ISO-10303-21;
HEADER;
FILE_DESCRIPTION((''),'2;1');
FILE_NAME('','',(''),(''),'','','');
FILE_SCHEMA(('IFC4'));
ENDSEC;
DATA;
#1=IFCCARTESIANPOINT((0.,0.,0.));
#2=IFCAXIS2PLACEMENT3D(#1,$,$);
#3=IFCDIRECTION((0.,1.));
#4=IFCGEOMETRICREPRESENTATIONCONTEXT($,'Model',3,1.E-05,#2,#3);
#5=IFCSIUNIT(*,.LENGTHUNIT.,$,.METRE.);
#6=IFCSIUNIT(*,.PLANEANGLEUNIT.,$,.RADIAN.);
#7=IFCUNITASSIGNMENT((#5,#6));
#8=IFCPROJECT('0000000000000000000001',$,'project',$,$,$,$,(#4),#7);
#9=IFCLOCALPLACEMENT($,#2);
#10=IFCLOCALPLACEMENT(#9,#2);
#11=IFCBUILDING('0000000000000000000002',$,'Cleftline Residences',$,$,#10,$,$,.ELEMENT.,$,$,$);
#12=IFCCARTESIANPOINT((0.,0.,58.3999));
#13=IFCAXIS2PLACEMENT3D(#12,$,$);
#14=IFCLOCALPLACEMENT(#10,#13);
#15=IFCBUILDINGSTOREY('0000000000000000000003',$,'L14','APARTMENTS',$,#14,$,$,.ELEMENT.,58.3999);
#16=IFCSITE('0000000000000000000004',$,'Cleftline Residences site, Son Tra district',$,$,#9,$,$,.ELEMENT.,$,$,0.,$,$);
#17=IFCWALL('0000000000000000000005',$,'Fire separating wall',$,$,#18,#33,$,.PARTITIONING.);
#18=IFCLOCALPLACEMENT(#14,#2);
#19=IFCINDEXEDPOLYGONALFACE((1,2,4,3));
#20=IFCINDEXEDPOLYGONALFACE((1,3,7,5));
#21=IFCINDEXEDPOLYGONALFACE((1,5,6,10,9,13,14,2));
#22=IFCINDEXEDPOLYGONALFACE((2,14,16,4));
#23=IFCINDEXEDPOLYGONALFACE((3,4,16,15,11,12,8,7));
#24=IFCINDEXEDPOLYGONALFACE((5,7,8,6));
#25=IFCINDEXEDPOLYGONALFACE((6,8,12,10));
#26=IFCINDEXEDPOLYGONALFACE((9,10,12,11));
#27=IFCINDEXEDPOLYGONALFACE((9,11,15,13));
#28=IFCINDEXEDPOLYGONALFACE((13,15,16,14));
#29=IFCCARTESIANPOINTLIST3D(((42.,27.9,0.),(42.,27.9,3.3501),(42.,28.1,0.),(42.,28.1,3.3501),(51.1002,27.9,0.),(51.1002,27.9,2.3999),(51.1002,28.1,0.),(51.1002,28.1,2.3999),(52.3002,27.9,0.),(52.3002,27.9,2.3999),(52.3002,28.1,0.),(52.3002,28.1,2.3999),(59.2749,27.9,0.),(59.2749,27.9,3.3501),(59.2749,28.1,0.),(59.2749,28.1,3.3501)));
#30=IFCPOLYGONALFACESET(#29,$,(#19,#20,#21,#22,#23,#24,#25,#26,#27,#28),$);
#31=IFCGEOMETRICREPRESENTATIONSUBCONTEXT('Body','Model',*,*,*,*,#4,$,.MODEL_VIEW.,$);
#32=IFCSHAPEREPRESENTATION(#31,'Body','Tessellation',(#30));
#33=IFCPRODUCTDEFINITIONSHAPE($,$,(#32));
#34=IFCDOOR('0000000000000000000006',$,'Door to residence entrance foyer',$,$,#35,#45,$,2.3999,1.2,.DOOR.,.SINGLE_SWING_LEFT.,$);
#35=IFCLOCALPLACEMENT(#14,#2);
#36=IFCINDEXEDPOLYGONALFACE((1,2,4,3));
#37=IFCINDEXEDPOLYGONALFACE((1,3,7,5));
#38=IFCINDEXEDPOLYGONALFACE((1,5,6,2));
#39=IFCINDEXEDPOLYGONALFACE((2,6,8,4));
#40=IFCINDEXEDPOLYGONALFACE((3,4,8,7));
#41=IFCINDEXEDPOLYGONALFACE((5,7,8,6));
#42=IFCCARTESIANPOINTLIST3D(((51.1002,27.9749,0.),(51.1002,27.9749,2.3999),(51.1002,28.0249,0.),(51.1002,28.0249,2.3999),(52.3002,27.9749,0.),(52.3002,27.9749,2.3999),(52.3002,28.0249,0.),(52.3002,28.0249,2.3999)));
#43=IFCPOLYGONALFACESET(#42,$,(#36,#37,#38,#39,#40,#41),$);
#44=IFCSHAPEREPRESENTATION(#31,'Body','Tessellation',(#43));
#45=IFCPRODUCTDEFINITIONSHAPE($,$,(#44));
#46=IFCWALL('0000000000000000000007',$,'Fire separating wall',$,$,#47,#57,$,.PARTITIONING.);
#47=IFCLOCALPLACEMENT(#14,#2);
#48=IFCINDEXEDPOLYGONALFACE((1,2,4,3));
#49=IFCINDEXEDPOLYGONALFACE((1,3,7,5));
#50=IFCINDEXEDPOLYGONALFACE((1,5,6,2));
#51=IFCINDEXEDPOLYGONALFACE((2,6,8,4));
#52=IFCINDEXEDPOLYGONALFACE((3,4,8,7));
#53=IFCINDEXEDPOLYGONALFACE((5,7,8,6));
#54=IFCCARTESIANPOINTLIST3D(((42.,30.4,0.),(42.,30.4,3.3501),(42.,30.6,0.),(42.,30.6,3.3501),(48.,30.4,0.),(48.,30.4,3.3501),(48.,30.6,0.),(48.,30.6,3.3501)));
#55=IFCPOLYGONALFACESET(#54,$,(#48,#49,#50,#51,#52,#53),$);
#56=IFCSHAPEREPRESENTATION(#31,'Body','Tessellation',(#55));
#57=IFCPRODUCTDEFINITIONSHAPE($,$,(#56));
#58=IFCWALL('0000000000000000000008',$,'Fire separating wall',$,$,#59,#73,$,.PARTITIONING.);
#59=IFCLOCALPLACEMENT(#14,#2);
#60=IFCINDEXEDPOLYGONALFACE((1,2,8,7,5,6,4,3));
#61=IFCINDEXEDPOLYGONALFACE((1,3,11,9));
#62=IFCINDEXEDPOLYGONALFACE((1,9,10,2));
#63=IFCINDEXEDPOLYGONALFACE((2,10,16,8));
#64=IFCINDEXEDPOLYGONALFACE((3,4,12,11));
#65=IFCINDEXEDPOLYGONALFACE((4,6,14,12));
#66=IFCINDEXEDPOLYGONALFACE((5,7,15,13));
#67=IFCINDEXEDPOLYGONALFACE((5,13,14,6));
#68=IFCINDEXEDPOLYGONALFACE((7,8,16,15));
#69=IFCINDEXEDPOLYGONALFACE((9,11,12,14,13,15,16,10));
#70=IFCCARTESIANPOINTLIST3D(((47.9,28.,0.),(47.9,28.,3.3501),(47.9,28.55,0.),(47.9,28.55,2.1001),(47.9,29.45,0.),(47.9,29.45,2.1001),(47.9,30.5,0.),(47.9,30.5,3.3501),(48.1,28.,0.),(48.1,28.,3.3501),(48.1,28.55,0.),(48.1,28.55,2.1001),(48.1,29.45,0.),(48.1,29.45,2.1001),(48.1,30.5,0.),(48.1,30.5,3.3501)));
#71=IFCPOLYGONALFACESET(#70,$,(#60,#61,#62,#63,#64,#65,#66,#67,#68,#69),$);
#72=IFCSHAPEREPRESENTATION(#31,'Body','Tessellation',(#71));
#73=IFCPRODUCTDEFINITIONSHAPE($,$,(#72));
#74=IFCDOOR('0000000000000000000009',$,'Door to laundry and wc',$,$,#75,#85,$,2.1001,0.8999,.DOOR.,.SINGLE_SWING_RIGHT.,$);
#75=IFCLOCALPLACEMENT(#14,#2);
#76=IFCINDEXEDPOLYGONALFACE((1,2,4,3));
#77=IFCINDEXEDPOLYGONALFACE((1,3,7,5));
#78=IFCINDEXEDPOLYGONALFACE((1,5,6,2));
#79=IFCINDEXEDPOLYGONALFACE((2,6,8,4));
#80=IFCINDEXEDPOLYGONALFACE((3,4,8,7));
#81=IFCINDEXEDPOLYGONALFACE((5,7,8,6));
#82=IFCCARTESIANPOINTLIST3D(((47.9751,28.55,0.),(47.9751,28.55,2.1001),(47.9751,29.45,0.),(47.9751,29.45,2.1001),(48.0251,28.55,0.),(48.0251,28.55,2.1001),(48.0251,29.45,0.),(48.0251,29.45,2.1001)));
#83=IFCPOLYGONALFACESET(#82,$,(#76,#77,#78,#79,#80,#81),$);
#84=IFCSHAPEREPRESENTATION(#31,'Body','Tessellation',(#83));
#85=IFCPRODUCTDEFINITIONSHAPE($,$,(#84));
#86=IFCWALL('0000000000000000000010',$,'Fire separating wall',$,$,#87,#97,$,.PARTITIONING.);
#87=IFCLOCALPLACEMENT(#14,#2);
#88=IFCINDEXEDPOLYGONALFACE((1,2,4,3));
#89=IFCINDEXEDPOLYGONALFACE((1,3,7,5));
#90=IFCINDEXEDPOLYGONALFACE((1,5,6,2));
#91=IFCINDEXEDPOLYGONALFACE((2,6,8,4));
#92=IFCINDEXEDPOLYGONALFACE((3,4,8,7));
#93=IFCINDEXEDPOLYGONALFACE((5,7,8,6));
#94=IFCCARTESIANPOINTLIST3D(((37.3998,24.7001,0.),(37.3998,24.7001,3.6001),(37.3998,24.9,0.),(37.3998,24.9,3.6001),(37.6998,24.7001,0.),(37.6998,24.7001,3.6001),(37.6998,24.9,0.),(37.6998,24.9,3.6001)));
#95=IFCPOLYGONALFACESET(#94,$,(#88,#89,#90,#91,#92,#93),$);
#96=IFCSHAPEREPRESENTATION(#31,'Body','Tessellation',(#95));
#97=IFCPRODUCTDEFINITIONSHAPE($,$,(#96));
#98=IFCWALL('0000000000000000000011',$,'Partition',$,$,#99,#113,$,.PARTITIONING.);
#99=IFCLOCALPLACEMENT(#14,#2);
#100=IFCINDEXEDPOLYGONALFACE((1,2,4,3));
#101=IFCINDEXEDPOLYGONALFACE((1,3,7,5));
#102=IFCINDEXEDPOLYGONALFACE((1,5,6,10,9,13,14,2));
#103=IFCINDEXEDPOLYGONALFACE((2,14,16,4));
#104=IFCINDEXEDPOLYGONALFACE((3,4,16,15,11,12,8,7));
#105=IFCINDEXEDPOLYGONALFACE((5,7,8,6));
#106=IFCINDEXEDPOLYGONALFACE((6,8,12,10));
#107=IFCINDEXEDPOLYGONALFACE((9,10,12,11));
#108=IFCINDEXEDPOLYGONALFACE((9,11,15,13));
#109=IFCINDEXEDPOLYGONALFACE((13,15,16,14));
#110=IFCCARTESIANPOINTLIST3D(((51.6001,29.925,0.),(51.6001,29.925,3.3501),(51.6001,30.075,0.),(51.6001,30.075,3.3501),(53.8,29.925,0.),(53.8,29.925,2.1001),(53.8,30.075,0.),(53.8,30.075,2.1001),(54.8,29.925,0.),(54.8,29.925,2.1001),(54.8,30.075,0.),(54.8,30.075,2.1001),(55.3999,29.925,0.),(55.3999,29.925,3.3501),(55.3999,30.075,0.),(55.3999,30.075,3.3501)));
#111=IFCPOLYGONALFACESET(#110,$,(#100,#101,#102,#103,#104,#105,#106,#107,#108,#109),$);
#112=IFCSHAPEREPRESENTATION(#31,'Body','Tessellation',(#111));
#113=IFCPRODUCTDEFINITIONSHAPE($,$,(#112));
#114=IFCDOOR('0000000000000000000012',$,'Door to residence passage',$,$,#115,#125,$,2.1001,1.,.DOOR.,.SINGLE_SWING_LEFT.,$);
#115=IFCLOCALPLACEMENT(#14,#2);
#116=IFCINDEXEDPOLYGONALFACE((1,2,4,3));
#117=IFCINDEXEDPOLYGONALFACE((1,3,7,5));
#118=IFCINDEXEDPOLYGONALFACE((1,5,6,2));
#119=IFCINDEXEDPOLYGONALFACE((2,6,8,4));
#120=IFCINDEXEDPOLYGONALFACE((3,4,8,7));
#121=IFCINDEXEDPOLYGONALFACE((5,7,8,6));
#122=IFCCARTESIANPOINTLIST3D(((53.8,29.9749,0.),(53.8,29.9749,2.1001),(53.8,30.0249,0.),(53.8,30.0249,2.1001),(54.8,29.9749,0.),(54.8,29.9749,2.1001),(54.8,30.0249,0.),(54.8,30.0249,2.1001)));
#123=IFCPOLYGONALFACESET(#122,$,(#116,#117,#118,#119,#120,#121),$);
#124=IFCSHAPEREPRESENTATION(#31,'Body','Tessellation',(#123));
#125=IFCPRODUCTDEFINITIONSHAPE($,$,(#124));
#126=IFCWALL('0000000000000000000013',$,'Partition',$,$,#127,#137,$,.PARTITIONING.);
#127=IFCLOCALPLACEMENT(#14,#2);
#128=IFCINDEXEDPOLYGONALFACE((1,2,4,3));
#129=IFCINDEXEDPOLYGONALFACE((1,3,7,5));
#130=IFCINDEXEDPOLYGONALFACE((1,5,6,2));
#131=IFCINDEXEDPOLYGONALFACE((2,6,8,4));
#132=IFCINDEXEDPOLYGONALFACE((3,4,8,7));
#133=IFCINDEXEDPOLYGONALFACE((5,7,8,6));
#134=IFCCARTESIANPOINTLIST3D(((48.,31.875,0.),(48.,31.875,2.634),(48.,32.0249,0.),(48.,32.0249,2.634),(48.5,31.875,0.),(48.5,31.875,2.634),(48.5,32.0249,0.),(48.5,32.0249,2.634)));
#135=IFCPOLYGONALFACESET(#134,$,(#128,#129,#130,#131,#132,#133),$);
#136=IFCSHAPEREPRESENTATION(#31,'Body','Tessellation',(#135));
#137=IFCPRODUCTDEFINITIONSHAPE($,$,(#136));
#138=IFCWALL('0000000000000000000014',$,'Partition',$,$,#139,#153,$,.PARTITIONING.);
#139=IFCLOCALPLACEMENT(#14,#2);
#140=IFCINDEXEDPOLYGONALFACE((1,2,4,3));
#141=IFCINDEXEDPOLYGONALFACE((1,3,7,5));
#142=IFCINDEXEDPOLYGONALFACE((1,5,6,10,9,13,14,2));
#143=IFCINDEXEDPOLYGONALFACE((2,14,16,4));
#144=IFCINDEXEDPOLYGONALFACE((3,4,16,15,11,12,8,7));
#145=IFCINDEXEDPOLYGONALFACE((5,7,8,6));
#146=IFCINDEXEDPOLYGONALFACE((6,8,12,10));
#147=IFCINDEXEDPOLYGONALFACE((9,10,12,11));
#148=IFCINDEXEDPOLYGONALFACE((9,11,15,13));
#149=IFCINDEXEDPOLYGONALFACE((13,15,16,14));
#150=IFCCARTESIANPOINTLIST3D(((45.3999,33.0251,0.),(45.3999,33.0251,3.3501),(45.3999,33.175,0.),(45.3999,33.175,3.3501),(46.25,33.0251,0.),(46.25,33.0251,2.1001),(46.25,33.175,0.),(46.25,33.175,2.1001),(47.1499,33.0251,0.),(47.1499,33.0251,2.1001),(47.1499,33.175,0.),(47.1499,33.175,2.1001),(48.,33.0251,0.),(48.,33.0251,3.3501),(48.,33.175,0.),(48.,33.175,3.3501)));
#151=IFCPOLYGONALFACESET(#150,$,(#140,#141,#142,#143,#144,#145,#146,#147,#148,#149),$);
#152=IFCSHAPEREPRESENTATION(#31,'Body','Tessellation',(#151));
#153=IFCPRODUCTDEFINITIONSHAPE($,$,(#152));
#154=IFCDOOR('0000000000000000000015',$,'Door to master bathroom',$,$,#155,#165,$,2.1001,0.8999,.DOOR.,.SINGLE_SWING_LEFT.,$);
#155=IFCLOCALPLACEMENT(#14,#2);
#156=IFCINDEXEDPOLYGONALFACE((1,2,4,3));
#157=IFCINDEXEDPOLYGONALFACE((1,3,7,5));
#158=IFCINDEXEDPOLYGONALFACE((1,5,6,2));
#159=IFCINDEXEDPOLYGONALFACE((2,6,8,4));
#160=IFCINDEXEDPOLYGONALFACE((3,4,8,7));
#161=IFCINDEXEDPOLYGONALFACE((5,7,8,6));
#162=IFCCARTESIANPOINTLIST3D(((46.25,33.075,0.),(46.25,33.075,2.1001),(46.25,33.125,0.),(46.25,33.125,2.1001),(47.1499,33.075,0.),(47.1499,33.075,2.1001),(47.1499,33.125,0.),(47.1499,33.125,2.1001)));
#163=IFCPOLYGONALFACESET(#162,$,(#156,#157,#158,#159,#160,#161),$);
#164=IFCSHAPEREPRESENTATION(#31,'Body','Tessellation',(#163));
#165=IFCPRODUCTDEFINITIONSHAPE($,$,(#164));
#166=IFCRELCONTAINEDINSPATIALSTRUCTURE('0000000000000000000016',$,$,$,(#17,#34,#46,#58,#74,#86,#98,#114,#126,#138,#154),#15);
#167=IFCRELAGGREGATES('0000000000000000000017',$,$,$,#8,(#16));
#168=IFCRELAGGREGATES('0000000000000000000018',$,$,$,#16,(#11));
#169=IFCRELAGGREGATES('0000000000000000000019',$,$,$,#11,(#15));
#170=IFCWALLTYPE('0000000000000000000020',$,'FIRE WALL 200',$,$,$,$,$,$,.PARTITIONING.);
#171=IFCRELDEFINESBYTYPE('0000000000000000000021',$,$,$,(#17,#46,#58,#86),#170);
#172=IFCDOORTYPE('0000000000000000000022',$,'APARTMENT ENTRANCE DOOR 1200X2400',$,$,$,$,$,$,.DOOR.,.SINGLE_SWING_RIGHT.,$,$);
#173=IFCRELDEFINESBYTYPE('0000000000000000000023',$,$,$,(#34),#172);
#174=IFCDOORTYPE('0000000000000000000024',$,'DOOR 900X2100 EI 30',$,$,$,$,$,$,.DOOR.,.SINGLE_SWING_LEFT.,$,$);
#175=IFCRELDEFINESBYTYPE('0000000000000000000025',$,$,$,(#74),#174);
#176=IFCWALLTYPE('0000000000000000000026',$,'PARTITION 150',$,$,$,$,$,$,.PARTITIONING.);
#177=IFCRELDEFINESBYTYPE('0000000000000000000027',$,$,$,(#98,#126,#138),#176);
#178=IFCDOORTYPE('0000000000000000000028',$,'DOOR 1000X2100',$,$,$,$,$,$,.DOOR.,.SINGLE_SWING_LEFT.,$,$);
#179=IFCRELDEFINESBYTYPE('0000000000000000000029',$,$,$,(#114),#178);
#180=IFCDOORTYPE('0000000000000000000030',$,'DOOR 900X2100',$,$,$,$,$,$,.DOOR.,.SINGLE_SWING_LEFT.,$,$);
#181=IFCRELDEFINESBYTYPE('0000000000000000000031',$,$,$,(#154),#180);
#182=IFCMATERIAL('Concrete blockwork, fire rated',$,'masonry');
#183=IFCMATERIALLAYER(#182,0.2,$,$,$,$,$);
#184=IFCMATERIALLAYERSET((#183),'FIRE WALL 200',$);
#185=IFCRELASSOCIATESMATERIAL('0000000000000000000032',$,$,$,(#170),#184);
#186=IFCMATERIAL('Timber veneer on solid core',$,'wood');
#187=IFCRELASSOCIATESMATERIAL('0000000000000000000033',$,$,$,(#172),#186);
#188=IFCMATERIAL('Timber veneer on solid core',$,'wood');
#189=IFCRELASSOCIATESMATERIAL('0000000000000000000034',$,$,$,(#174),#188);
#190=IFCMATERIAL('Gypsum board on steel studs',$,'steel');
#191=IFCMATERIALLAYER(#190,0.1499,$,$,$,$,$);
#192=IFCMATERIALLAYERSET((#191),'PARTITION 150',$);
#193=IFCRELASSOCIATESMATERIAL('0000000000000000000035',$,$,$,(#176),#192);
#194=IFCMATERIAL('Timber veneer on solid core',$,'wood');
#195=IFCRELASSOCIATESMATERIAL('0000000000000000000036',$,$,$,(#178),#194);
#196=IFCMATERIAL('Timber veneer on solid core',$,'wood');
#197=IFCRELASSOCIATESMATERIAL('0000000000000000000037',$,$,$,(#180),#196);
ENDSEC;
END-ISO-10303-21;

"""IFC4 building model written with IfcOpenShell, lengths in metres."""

from ifc_helpers import new_model, si_unit, direction, frame, frame_2d, origin, place, context, subcontext, project, spatial, rectangle, extrude, material, layer, layer_set, type_object, element, fill, save


model = new_model("IFC4")

# Units and contexts
model_context = context("Model", 3, precision=1e-05, world=origin(), true_north=direction((0.0, 1.0)))
body_context = subcontext(model_context, "Body", "Model", "MODEL_VIEW")
ifc_project = project(units=[si_unit("LENGTHUNIT", "METRE"), si_unit("PLANEANGLEUNIT", "RADIAN")], contexts=[model_context])

# Site, building, storey
site_placement = place(None, origin())
site = spatial("IfcSite", under=ifc_project, at=site_placement, Name="Cleftline Residences site, Son Tra district", CompositionType="ELEMENT", RefElevation=0.0)
building_placement = place(site_placement, origin())
building = spatial("IfcBuilding", under=site, at=building_placement, Name="Cleftline Residences", CompositionType="ELEMENT")
storey_placement = place(building_placement, frame((0.0, 0.0, 58.3999)))
storey = spatial("IfcBuildingStorey", under=building, at=storey_placement, Name="L14", Description="APARTMENTS", CompositionType="ELEMENT", Elevation=58.3999)

# Wall, opening, door
ifc_material_1 = material(Name="Concrete blockwork, fire rated", Category="masonry")
ifc_layer_1 = layer(ifc_material_1, 0.2)
ifc_layer_set_1 = layer_set([ifc_layer_1], Name="FIRE WALL 200")
wall_type_1 = type_object("IfcWallType", Name="FIRE WALL 200", PredefinedType="PARTITIONING", material=ifc_layer_set_1)
wall_1_placement = place(storey_placement, frame((42.0, 28.0, 0.0), z_axis=(0.0, 0.0, 1.0), x_axis=(1.0, 0.0, 0.0)))
wall_1 = element("IfcWall", 1, at=wall_1_placement, inside=storey, type_object=wall_type_1, Name="Fire separating wall", PredefinedType="PARTITIONING", context=body_context, shape_type="SweptSolid", body=[
    extrude(rectangle(XDim=17.2749, YDim=0.2, at=frame_2d((8.6375, 0.0))), origin(), (0.0, 0.0, 1.0), 3.3501),
])
opening_1_placement = place(wall_1_placement, frame((9.1001, 0.0, 0.0)))
opening_1 = element("IfcOpeningElement", 2, at=opening_1_placement, cuts=wall_1, PredefinedType="OPENING", context=body_context, shape_type="SweptSolid", body=[
    extrude(rectangle(XDim=1.2, YDim=2.3999, at=frame_2d((0.6001, 1.2))), frame((0.0, 0.1099, 0.0), z_axis=(0.0, -1.0, 0.0), x_axis=(1.0, 0.0, 0.0)), (0.0, 0.0, 1.0), 0.22),
])
ifc_material_2 = material(Name="Timber veneer on solid core", Category="wood")
door_type_1 = type_object("IfcDoorType", Name="APARTMENT ENTRANCE DOOR 1200X2400", OperationType="SINGLE_SWING_RIGHT", PredefinedType="DOOR", material=ifc_material_2)
door_1_placement = place(opening_1_placement, origin())
door_1 = element("IfcDoor", 3, at=door_1_placement, inside=storey, type_object=door_type_1, Name="Door to residence entrance foyer", OperationType="SINGLE_SWING_LEFT", OverallHeight=2.3999, OverallWidth=1.2, PredefinedType="DOOR", context=body_context, shape_type="SweptSolid", body=[
    extrude(rectangle(XDim=1.2, YDim=2.3999, at=frame_2d((0.6001, 1.2))), frame((0.0, 0.0249, 0.0), z_axis=(0.0, -1.0, 0.0), x_axis=(1.0, 0.0, 0.0)), (0.0, 0.0, 1.0), 0.05),
])
fill(opening_1, door_1)

# Wall
wall_2_placement = place(storey_placement, frame((42.0, 30.5, 0.0), z_axis=(0.0, 0.0, 1.0), x_axis=(1.0, 0.0, 0.0)))
element("IfcWall", 4, at=wall_2_placement, inside=storey, type_object=wall_type_1, Name="Fire separating wall", PredefinedType="PARTITIONING", context=body_context, shape_type="SweptSolid", body=[
    extrude(rectangle(XDim=6.0, YDim=0.2, at=frame_2d((3.0, 0.0))), origin(), (0.0, 0.0, 1.0), 3.3501),
])

# Wall, opening, door
wall_3_placement = place(storey_placement, frame((48.0, 28.0, 0.0), z_axis=(0.0, 0.0, 1.0), x_axis=(0.0, 1.0, 0.0)))
wall_3 = element("IfcWall", 5, at=wall_3_placement, inside=storey, type_object=wall_type_1, Name="Fire separating wall", PredefinedType="PARTITIONING", context=body_context, shape_type="SweptSolid", body=[
    extrude(rectangle(XDim=2.5, YDim=0.2, at=frame_2d((1.25, 0.0))), origin(), (0.0, 0.0, 1.0), 3.3501),
])
opening_2_placement = place(wall_3_placement, frame((0.55, 0.0, 0.0)))
opening_2 = element("IfcOpeningElement", 6, at=opening_2_placement, cuts=wall_3, PredefinedType="OPENING", context=body_context, shape_type="SweptSolid", body=[
    extrude(rectangle(XDim=0.8999, YDim=2.1001, at=frame_2d((0.45, 1.05))), frame((0.0, 0.1099, 0.0), z_axis=(0.0, -1.0, 0.0), x_axis=(1.0, 0.0, 0.0)), (0.0, 0.0, 1.0), 0.22),
])
ifc_material_3 = material(Name="Timber veneer on solid core", Category="wood")
door_type_2 = type_object("IfcDoorType", Name="DOOR 900X2100 EI 30", OperationType="SINGLE_SWING_LEFT", PredefinedType="DOOR", material=ifc_material_3)
door_2_placement = place(opening_2_placement, origin())
door_2 = element("IfcDoor", 7, at=door_2_placement, inside=storey, type_object=door_type_2, Name="Door to laundry and wc", OperationType="SINGLE_SWING_RIGHT", OverallHeight=2.1001, OverallWidth=0.8999, PredefinedType="DOOR", context=body_context, shape_type="SweptSolid", body=[
    extrude(rectangle(XDim=0.8999, YDim=2.1001, at=frame_2d((0.45, 1.05))), frame((0.0, 0.0249, 0.0), z_axis=(0.0, -1.0, 0.0), x_axis=(1.0, 0.0, 0.0)), (0.0, 0.0, 1.0), 0.05),
])
fill(opening_2, door_2)

# Wall
wall_4_placement = place(storey_placement, frame((37.3999, 24.8, 0.0), z_axis=(0.0, 0.0, 1.0), x_axis=(1.0, 0.0, 0.0)))
element("IfcWall", 8, at=wall_4_placement, inside=storey, type_object=wall_type_1, Name="Fire separating wall", PredefinedType="PARTITIONING", context=body_context, shape_type="SweptSolid", body=[
    extrude(rectangle(XDim=0.3, YDim=0.2, at=frame_2d((0.1499, 0.0))), origin(), (0.0, 0.0, 1.0), 3.6001),
])

# Wall, opening, door
ifc_material_4 = material(Name="Gypsum board on steel studs", Category="steel")
ifc_layer_2 = layer(ifc_material_4, 0.1499)
ifc_layer_set_2 = layer_set([ifc_layer_2], Name="PARTITION 150")
wall_type_2 = type_object("IfcWallType", Name="PARTITION 150", PredefinedType="PARTITIONING", material=ifc_layer_set_2)
wall_5_placement = place(storey_placement, frame((51.6001, 30.0, 0.0), z_axis=(0.0, 0.0, 1.0), x_axis=(1.0, 0.0, 0.0)))
wall_5 = element("IfcWall", 9, at=wall_5_placement, inside=storey, type_object=wall_type_2, Name="Partition", PredefinedType="PARTITIONING", context=body_context, shape_type="SweptSolid", body=[
    extrude(rectangle(XDim=3.7998, YDim=0.1499, at=frame_2d((1.8999, 0.0))), origin(), (0.0, 0.0, 1.0), 3.3501),
])
opening_3_placement = place(wall_5_placement, frame((2.2, 0.0, 0.0)))
opening_3 = element("IfcOpeningElement", 10, at=opening_3_placement, cuts=wall_5, PredefinedType="OPENING", context=body_context, shape_type="SweptSolid", body=[
    extrude(rectangle(XDim=1.0, YDim=2.1001, at=frame_2d((0.5, 1.05))), frame((0.0, 0.085, 0.0), z_axis=(0.0, -1.0, 0.0), x_axis=(1.0, 0.0, 0.0)), (0.0, 0.0, 1.0), 0.1699),
])
ifc_material_5 = material(Name="Timber veneer on solid core", Category="wood")
door_type_3 = type_object("IfcDoorType", Name="DOOR 1000X2100", OperationType="SINGLE_SWING_LEFT", PredefinedType="DOOR", material=ifc_material_5)
door_3_placement = place(opening_3_placement, origin())
door_3 = element("IfcDoor", 11, at=door_3_placement, inside=storey, type_object=door_type_3, Name="Door to residence passage", OperationType="SINGLE_SWING_LEFT", OverallHeight=2.1001, OverallWidth=1.0, PredefinedType="DOOR", context=body_context, shape_type="SweptSolid", body=[
    extrude(rectangle(XDim=1.0, YDim=2.1001, at=frame_2d((0.5, 1.05))), frame((0.0, 0.0249, 0.0), z_axis=(0.0, -1.0, 0.0), x_axis=(1.0, 0.0, 0.0)), (0.0, 0.0, 1.0), 0.05),
])
fill(opening_3, door_3)

# Wall
wall_6_placement = place(storey_placement, frame((48.0, 31.95, 0.0), z_axis=(0.0, 0.0, 1.0), x_axis=(1.0, 0.0, 0.0)))
element("IfcWall", 12, at=wall_6_placement, inside=storey, type_object=wall_type_2, Name="Partition", PredefinedType="PARTITIONING", context=body_context, shape_type="SweptSolid", body=[
    extrude(rectangle(XDim=0.5, YDim=0.1499, at=frame_2d((0.25, 0.0))), origin(), (0.0, 0.0, 1.0), 2.634),
])

# Wall, opening, door
wall_7_placement = place(storey_placement, frame((45.3999, 33.1001, 0.0), z_axis=(0.0, 0.0, 1.0), x_axis=(1.0, 0.0, 0.0)))
wall_7 = element("IfcWall", 13, at=wall_7_placement, inside=storey, type_object=wall_type_2, Name="Partition", PredefinedType="PARTITIONING", context=body_context, shape_type="SweptSolid", body=[
    extrude(rectangle(XDim=2.6001, YDim=0.1499, at=frame_2d((1.3, 0.0))), origin(), (0.0, 0.0, 1.0), 3.3501),
])
opening_4_placement = place(wall_7_placement, frame((0.8501, 0.0, 0.0)))
opening_4 = element("IfcOpeningElement", 14, at=opening_4_placement, cuts=wall_7, PredefinedType="OPENING", context=body_context, shape_type="SweptSolid", body=[
    extrude(rectangle(XDim=0.8999, YDim=2.1001, at=frame_2d((0.45, 1.05))), frame((0.0, 0.085, 0.0), z_axis=(0.0, -1.0, 0.0), x_axis=(1.0, 0.0, 0.0)), (0.0, 0.0, 1.0), 0.1699),
])
ifc_material_6 = material(Name="Timber veneer on solid core", Category="wood")
door_type_4 = type_object("IfcDoorType", Name="DOOR 900X2100", OperationType="SINGLE_SWING_LEFT", PredefinedType="DOOR", material=ifc_material_6)
door_4_placement = place(opening_4_placement, origin())
door_4 = element("IfcDoor", 15, at=door_4_placement, inside=storey, type_object=door_type_4, Name="Door to master bathroom", OperationType="SINGLE_SWING_LEFT", OverallHeight=2.1001, OverallWidth=0.8999, PredefinedType="DOOR", context=body_context, shape_type="SweptSolid", body=[
    extrude(rectangle(XDim=0.8999, YDim=2.1001, at=frame_2d((0.45, 1.05))), frame((0.0, 0.0249, 0.0), z_axis=(0.0, -1.0, 0.0), x_axis=(1.0, 0.0, 0.0)), (0.0, 0.0, 1.0), 0.05),
])
fill(opening_4, door_4)

save(model, "model.ifc")
